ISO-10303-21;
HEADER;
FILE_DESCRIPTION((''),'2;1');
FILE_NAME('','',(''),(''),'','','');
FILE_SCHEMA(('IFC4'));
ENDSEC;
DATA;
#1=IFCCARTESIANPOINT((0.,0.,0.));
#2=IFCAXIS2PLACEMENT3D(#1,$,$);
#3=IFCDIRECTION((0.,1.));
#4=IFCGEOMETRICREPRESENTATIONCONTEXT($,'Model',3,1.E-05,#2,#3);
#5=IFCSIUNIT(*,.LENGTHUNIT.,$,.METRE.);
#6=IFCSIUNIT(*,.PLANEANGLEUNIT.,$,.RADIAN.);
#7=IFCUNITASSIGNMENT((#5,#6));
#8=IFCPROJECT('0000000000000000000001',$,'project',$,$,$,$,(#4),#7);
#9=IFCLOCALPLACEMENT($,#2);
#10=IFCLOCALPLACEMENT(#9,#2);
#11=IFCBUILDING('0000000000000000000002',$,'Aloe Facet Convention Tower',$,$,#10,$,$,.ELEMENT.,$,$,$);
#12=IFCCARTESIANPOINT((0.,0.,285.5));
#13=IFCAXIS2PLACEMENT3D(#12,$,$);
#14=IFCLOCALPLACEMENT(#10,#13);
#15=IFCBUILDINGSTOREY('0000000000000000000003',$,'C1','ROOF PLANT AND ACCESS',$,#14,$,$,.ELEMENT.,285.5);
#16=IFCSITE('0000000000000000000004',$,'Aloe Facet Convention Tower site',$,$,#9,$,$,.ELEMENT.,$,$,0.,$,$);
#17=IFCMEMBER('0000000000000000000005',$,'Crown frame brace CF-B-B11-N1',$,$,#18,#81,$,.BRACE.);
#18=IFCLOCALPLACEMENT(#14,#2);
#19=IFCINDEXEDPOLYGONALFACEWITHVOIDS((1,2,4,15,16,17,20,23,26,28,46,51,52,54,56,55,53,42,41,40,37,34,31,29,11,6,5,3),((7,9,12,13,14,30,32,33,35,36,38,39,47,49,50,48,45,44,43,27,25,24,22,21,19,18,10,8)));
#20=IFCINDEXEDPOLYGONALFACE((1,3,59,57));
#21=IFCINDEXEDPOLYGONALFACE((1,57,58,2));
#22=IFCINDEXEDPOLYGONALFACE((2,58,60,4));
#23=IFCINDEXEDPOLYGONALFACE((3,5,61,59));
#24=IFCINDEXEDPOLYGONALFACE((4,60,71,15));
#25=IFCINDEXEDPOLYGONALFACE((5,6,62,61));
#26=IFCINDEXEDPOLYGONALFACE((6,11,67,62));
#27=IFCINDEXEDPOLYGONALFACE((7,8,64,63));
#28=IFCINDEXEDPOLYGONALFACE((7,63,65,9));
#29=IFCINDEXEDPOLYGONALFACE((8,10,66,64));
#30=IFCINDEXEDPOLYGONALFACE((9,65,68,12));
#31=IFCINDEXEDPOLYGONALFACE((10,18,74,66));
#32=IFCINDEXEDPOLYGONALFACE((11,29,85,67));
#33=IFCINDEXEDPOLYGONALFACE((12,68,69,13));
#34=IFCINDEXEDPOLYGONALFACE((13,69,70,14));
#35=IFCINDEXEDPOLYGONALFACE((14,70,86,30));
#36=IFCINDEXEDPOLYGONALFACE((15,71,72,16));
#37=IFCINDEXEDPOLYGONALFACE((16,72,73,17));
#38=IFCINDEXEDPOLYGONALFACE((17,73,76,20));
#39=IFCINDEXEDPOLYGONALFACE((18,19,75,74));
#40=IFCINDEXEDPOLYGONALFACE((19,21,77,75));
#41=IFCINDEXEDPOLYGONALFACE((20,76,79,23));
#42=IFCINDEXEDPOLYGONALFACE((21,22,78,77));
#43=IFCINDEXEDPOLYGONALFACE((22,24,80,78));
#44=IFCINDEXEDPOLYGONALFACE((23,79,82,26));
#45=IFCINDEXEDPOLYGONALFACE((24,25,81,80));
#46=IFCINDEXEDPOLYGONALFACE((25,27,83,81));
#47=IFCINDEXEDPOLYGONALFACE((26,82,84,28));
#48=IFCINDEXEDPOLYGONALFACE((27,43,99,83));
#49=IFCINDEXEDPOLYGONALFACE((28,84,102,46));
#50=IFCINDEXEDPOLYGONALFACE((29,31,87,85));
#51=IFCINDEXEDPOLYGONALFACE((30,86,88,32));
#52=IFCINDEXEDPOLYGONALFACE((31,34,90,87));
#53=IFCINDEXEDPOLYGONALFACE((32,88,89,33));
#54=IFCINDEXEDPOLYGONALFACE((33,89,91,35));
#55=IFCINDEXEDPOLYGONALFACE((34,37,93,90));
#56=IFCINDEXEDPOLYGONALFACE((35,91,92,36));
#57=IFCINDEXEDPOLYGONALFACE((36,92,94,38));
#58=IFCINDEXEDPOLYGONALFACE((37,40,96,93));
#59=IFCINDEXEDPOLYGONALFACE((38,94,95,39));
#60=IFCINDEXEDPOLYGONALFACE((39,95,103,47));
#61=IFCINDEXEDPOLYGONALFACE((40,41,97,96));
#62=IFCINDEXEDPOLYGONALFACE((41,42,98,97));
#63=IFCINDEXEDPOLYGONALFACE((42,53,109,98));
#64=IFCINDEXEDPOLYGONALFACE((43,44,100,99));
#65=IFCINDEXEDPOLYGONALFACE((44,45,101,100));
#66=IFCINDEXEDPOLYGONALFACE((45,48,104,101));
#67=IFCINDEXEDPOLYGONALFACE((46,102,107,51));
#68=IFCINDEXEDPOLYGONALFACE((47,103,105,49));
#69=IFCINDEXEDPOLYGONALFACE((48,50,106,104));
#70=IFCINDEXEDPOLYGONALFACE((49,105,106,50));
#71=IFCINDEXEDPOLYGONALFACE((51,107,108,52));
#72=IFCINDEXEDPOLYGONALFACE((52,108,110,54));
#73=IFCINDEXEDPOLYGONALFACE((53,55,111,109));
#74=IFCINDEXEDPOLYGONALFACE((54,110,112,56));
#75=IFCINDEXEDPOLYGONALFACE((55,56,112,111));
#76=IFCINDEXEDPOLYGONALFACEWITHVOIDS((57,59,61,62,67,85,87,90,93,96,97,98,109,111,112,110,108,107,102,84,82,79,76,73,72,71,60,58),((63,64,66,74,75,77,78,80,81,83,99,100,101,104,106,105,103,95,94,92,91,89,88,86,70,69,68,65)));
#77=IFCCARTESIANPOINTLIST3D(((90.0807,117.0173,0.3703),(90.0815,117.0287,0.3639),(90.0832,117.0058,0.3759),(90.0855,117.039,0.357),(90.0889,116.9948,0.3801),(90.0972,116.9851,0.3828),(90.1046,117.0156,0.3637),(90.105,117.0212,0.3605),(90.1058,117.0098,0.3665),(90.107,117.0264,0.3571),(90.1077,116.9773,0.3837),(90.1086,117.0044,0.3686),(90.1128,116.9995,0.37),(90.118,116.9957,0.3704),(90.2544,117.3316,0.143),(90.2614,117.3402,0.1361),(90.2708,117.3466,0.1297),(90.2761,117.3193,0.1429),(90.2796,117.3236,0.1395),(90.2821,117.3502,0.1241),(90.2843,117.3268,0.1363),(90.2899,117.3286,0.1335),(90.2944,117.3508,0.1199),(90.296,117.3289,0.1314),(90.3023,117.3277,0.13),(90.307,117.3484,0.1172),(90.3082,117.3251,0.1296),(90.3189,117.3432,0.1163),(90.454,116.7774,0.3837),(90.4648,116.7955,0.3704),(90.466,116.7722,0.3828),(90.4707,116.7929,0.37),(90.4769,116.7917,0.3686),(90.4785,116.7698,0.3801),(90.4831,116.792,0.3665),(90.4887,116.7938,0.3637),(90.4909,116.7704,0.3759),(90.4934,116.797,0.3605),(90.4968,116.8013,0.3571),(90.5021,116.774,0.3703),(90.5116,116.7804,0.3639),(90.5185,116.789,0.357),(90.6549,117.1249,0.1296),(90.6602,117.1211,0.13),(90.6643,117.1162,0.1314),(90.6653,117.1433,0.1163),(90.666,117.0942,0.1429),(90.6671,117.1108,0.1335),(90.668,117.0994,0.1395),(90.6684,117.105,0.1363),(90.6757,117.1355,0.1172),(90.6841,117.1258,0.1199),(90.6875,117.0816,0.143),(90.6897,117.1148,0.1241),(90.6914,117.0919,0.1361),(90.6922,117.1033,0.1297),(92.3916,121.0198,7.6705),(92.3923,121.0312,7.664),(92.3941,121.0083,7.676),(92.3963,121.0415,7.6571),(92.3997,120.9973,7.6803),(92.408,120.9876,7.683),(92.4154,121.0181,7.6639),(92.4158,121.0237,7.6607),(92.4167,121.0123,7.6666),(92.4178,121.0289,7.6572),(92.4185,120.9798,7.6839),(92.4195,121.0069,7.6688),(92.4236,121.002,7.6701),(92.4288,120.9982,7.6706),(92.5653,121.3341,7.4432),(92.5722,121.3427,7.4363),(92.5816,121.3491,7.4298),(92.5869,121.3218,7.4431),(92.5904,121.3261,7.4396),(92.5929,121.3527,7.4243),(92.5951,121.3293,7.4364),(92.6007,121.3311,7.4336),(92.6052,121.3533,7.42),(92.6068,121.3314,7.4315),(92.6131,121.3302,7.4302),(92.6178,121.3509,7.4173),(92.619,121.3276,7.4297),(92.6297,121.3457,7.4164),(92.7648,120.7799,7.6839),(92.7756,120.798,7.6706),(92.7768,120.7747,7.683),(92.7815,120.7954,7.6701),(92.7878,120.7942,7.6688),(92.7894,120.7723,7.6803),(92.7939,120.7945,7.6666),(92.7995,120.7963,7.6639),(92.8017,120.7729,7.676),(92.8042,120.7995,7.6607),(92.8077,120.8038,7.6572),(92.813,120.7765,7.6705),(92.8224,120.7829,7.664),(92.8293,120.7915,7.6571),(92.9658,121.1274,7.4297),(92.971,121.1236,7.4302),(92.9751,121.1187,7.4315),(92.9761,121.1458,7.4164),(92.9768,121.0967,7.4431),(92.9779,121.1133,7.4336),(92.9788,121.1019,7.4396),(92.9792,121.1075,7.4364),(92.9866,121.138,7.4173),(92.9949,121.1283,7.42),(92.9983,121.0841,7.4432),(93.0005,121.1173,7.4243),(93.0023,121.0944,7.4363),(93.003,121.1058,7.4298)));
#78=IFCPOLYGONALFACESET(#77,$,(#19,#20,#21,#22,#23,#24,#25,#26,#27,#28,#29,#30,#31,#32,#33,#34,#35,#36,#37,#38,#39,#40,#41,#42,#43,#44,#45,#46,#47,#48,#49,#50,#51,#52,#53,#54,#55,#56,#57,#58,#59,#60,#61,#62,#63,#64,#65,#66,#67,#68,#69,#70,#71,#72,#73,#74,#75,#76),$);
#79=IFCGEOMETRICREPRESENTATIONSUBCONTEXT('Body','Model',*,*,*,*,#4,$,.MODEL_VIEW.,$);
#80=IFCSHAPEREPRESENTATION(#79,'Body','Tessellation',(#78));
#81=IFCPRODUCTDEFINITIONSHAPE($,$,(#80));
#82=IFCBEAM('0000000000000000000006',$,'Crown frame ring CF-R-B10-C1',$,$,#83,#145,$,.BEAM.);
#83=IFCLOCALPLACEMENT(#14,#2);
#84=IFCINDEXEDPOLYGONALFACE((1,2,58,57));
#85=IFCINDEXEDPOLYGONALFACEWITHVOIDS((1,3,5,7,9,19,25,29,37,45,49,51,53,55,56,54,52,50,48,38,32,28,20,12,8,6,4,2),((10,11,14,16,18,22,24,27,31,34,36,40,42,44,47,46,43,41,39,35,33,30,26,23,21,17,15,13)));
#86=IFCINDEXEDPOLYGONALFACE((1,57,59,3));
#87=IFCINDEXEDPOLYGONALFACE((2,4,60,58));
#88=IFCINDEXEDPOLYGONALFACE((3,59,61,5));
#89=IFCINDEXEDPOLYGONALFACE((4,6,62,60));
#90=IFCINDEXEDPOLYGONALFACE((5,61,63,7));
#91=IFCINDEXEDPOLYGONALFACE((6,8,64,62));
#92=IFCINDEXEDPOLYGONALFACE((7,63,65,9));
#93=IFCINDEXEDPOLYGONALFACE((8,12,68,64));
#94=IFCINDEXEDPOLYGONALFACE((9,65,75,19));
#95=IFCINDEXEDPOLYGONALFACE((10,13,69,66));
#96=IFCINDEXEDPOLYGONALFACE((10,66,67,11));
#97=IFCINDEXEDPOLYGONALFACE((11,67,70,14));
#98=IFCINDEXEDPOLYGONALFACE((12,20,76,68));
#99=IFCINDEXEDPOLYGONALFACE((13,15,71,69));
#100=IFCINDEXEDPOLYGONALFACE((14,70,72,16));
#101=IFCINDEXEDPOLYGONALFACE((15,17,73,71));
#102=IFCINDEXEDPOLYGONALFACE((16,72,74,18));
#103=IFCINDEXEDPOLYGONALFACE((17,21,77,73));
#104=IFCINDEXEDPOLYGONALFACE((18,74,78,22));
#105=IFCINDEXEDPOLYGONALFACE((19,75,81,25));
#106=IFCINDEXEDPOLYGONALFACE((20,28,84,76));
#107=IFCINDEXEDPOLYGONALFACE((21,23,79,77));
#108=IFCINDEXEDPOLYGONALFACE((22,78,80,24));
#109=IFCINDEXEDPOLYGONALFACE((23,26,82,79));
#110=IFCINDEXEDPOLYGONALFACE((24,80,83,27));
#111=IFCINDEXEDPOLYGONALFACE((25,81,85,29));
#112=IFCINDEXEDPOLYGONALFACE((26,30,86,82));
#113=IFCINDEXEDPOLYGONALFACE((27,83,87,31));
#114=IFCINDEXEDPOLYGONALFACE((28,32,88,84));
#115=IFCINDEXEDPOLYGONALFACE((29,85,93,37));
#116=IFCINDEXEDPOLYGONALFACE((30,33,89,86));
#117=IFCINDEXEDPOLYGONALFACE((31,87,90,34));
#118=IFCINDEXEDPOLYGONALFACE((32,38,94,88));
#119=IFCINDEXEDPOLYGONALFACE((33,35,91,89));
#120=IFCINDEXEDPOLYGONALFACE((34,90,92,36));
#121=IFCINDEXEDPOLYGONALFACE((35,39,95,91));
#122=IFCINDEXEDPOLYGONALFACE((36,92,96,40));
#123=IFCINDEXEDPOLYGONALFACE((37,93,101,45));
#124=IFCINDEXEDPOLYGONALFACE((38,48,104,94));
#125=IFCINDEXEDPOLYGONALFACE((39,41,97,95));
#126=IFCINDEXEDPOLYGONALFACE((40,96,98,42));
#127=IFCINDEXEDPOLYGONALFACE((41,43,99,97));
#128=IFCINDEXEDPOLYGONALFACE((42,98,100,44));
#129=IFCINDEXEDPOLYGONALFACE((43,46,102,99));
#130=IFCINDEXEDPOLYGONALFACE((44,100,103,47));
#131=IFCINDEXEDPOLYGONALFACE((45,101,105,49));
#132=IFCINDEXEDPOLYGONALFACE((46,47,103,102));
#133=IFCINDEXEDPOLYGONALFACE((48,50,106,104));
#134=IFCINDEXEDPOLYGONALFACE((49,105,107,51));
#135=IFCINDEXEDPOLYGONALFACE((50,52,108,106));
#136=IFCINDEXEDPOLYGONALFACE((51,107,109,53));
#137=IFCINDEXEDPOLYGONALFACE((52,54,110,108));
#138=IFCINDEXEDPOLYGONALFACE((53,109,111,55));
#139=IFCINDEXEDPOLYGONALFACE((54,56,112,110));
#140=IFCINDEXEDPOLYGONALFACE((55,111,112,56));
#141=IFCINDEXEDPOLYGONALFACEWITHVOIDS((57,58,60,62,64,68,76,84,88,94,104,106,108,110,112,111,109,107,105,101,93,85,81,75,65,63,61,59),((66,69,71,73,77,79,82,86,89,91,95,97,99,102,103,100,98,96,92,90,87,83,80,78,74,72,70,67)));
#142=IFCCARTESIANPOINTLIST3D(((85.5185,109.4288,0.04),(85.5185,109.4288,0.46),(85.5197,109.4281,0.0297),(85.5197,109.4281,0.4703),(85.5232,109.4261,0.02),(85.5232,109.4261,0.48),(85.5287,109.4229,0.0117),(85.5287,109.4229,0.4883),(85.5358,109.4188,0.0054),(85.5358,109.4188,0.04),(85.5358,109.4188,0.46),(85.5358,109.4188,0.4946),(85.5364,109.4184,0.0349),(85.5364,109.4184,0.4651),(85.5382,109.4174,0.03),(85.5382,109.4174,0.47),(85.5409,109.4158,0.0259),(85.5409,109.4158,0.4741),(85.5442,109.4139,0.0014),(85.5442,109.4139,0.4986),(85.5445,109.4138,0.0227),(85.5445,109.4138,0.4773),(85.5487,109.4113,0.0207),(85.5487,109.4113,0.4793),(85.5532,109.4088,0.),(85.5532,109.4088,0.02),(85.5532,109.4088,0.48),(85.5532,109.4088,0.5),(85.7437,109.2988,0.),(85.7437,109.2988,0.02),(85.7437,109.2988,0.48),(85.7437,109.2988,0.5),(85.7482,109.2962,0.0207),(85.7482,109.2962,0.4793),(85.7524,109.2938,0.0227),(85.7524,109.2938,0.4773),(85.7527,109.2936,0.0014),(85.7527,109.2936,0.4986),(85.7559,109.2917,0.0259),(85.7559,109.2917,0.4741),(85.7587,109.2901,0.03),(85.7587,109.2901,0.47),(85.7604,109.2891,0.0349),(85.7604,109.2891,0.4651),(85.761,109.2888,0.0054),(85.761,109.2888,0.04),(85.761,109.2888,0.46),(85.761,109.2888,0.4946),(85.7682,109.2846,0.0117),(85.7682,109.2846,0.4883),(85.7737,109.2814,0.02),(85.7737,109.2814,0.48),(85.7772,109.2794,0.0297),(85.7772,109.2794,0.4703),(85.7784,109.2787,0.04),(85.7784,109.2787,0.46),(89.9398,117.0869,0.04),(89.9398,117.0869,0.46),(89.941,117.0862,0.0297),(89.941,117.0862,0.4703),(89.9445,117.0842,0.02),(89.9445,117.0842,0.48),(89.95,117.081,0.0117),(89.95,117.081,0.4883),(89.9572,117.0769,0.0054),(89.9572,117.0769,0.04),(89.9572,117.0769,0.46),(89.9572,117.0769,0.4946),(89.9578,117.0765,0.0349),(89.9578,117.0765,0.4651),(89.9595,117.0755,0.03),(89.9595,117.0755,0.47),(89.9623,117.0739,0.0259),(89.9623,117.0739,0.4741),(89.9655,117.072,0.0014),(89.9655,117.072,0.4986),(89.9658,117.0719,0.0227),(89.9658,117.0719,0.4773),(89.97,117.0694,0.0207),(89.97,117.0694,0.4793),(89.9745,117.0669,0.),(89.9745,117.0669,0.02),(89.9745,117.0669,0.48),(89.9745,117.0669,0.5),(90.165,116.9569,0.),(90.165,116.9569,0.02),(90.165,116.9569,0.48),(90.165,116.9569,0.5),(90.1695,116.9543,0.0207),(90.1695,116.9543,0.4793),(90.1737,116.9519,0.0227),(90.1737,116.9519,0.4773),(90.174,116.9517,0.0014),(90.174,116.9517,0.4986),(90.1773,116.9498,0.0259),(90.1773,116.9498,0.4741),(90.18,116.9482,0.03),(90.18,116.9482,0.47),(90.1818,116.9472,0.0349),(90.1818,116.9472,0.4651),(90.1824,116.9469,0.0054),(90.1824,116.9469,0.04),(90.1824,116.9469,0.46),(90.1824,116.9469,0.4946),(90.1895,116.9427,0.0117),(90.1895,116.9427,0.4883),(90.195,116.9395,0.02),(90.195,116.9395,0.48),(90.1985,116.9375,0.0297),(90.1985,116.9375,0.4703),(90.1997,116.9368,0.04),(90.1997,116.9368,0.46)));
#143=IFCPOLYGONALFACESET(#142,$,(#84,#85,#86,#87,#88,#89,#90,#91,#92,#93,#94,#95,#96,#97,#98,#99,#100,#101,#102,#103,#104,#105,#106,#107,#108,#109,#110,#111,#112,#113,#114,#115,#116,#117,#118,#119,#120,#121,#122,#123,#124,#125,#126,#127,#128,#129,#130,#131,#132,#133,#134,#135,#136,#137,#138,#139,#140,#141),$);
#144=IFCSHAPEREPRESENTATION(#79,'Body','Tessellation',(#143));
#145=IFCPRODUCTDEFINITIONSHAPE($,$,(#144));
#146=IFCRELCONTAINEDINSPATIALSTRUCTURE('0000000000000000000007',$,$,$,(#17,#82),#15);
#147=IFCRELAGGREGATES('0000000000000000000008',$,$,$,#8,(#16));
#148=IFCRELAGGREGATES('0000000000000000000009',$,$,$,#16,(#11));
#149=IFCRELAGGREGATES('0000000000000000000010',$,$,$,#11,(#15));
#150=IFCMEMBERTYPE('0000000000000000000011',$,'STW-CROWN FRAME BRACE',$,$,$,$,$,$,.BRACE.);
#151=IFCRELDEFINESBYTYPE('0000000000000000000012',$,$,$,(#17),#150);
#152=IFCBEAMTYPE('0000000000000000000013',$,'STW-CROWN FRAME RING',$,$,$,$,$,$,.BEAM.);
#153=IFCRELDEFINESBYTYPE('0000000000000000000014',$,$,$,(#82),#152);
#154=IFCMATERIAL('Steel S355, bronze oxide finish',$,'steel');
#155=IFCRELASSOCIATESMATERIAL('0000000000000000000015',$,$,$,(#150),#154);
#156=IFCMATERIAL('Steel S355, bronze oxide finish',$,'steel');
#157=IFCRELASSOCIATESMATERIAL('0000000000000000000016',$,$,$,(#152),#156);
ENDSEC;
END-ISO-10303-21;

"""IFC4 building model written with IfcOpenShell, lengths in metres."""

from ifc_helpers import new_model, si_unit, direction, frame, origin, origin_2d, place, context, subcontext, project, spatial, hollow_rectangle, extrude, material, material_profile, profile_set, type_object, element, save


model = new_model("IFC4")

# Units and contexts
model_context = context("Model", 3, precision=1e-05, world=origin(), true_north=direction((0.0, 1.0)))
body_context = subcontext(model_context, "Body", "Model", "MODEL_VIEW")
ifc_project = project(units=[si_unit("LENGTHUNIT", "METRE"), si_unit("PLANEANGLEUNIT", "RADIAN")], contexts=[model_context])

# Site, building, storey
site_placement = place(None, origin())
site = spatial("IfcSite", under=ifc_project, at=site_placement, Name="Aloe Facet Convention Tower site", CompositionType="ELEMENT", RefElevation=0.0)
building_placement = place(site_placement, origin())
building = spatial("IfcBuilding", under=site, at=building_placement, Name="Aloe Facet Convention Tower", CompositionType="ELEMENT")
storey_placement = place(building_placement, frame((0.0, 0.0, 285.5)))
storey = spatial("IfcBuildingStorey", under=building, at=storey_placement, Name="C1", Description="ROOF PLANT AND ACCESS", CompositionType="ELEMENT", Elevation=285.5)

# Member
ifc_material_1 = material(Name="Steel S355, bronze oxide finish", Category="steel")
ifc_material_profile_1 = material_profile(ifc_material_1, hollow_rectangle(XDim=0.5, YDim=0.5, WallThickness=0.0249, InnerFilletRadius=0.0249, OuterFilletRadius=0.05, at=origin_2d()), Name="SHS 500x500x25")
ifc_profile_set_1 = profile_set([ifc_material_profile_1], Name="Steel S355, bronze oxide finish")
member_type_1 = type_object("IfcMemberType", Name="STW-CROWN FRAME BRACE", PredefinedType="BRACE", material=ifc_profile_set_1)
for number, where, z_axis, x_axis, name in (
    (1, (90.3865, 117.0603, 0.25), (0.267452, 0.463244, 0.844911), (-0.866027, 0.499997, 0.0), "Crown frame brace CF-B-B11-N1"),
):
    element("IfcMember", number, at=place(storey_placement, frame(where, z_axis=z_axis, x_axis=x_axis)), inside=storey, type_object=member_type_1, Name=name, PredefinedType="BRACE", context=body_context, shape_type="SweptSolid", body=[
        extrude(hollow_rectangle(XDim=0.5, YDim=0.5, WallThickness=0.0249, InnerFilletRadius=0.0249, OuterFilletRadius=0.05, at=origin_2d()), origin(), (0.0, 0.0, 1.0), 8.6401),
    ])

# Beam
ifc_material_2 = material(Name="Steel S355, bronze oxide finish", Category="steel")
ifc_material_profile_2 = material_profile(ifc_material_2, hollow_rectangle(XDim=0.3, YDim=0.5, WallThickness=0.02, InnerFilletRadius=0.02, OuterFilletRadius=0.04, at=origin_2d()), Name="RHS 500x300x20")
ifc_profile_set_2 = profile_set([ifc_material_profile_2], Name="Steel S355, bronze oxide finish")
beam_type = type_object("IfcBeamType", Name="STW-CROWN FRAME RING", PredefinedType="BEAM", material=ifc_profile_set_2)
for number, where, z_axis, x_axis, name in (
    (2, (85.6484, 109.3538, 0.25), (0.499993, 0.866029, 0.0), (-0.866029, 0.499993, 0.0), "Crown frame ring CF-R-B10-C1"),
):
    element("IfcBeam", number, at=place(storey_placement, frame(where, z_axis=z_axis, x_axis=x_axis)), inside=storey, type_object=beam_type, Name=name, PredefinedType="BEAM", context=body_context, shape_type="SweptSolid", body=[
        extrude(hollow_rectangle(XDim=0.3, YDim=0.5, WallThickness=0.02, InnerFilletRadius=0.02, OuterFilletRadius=0.04, at=origin_2d()), origin(), (0.0, 0.0, 1.0), 8.8428),
    ])

save(model, "model.ifc")
